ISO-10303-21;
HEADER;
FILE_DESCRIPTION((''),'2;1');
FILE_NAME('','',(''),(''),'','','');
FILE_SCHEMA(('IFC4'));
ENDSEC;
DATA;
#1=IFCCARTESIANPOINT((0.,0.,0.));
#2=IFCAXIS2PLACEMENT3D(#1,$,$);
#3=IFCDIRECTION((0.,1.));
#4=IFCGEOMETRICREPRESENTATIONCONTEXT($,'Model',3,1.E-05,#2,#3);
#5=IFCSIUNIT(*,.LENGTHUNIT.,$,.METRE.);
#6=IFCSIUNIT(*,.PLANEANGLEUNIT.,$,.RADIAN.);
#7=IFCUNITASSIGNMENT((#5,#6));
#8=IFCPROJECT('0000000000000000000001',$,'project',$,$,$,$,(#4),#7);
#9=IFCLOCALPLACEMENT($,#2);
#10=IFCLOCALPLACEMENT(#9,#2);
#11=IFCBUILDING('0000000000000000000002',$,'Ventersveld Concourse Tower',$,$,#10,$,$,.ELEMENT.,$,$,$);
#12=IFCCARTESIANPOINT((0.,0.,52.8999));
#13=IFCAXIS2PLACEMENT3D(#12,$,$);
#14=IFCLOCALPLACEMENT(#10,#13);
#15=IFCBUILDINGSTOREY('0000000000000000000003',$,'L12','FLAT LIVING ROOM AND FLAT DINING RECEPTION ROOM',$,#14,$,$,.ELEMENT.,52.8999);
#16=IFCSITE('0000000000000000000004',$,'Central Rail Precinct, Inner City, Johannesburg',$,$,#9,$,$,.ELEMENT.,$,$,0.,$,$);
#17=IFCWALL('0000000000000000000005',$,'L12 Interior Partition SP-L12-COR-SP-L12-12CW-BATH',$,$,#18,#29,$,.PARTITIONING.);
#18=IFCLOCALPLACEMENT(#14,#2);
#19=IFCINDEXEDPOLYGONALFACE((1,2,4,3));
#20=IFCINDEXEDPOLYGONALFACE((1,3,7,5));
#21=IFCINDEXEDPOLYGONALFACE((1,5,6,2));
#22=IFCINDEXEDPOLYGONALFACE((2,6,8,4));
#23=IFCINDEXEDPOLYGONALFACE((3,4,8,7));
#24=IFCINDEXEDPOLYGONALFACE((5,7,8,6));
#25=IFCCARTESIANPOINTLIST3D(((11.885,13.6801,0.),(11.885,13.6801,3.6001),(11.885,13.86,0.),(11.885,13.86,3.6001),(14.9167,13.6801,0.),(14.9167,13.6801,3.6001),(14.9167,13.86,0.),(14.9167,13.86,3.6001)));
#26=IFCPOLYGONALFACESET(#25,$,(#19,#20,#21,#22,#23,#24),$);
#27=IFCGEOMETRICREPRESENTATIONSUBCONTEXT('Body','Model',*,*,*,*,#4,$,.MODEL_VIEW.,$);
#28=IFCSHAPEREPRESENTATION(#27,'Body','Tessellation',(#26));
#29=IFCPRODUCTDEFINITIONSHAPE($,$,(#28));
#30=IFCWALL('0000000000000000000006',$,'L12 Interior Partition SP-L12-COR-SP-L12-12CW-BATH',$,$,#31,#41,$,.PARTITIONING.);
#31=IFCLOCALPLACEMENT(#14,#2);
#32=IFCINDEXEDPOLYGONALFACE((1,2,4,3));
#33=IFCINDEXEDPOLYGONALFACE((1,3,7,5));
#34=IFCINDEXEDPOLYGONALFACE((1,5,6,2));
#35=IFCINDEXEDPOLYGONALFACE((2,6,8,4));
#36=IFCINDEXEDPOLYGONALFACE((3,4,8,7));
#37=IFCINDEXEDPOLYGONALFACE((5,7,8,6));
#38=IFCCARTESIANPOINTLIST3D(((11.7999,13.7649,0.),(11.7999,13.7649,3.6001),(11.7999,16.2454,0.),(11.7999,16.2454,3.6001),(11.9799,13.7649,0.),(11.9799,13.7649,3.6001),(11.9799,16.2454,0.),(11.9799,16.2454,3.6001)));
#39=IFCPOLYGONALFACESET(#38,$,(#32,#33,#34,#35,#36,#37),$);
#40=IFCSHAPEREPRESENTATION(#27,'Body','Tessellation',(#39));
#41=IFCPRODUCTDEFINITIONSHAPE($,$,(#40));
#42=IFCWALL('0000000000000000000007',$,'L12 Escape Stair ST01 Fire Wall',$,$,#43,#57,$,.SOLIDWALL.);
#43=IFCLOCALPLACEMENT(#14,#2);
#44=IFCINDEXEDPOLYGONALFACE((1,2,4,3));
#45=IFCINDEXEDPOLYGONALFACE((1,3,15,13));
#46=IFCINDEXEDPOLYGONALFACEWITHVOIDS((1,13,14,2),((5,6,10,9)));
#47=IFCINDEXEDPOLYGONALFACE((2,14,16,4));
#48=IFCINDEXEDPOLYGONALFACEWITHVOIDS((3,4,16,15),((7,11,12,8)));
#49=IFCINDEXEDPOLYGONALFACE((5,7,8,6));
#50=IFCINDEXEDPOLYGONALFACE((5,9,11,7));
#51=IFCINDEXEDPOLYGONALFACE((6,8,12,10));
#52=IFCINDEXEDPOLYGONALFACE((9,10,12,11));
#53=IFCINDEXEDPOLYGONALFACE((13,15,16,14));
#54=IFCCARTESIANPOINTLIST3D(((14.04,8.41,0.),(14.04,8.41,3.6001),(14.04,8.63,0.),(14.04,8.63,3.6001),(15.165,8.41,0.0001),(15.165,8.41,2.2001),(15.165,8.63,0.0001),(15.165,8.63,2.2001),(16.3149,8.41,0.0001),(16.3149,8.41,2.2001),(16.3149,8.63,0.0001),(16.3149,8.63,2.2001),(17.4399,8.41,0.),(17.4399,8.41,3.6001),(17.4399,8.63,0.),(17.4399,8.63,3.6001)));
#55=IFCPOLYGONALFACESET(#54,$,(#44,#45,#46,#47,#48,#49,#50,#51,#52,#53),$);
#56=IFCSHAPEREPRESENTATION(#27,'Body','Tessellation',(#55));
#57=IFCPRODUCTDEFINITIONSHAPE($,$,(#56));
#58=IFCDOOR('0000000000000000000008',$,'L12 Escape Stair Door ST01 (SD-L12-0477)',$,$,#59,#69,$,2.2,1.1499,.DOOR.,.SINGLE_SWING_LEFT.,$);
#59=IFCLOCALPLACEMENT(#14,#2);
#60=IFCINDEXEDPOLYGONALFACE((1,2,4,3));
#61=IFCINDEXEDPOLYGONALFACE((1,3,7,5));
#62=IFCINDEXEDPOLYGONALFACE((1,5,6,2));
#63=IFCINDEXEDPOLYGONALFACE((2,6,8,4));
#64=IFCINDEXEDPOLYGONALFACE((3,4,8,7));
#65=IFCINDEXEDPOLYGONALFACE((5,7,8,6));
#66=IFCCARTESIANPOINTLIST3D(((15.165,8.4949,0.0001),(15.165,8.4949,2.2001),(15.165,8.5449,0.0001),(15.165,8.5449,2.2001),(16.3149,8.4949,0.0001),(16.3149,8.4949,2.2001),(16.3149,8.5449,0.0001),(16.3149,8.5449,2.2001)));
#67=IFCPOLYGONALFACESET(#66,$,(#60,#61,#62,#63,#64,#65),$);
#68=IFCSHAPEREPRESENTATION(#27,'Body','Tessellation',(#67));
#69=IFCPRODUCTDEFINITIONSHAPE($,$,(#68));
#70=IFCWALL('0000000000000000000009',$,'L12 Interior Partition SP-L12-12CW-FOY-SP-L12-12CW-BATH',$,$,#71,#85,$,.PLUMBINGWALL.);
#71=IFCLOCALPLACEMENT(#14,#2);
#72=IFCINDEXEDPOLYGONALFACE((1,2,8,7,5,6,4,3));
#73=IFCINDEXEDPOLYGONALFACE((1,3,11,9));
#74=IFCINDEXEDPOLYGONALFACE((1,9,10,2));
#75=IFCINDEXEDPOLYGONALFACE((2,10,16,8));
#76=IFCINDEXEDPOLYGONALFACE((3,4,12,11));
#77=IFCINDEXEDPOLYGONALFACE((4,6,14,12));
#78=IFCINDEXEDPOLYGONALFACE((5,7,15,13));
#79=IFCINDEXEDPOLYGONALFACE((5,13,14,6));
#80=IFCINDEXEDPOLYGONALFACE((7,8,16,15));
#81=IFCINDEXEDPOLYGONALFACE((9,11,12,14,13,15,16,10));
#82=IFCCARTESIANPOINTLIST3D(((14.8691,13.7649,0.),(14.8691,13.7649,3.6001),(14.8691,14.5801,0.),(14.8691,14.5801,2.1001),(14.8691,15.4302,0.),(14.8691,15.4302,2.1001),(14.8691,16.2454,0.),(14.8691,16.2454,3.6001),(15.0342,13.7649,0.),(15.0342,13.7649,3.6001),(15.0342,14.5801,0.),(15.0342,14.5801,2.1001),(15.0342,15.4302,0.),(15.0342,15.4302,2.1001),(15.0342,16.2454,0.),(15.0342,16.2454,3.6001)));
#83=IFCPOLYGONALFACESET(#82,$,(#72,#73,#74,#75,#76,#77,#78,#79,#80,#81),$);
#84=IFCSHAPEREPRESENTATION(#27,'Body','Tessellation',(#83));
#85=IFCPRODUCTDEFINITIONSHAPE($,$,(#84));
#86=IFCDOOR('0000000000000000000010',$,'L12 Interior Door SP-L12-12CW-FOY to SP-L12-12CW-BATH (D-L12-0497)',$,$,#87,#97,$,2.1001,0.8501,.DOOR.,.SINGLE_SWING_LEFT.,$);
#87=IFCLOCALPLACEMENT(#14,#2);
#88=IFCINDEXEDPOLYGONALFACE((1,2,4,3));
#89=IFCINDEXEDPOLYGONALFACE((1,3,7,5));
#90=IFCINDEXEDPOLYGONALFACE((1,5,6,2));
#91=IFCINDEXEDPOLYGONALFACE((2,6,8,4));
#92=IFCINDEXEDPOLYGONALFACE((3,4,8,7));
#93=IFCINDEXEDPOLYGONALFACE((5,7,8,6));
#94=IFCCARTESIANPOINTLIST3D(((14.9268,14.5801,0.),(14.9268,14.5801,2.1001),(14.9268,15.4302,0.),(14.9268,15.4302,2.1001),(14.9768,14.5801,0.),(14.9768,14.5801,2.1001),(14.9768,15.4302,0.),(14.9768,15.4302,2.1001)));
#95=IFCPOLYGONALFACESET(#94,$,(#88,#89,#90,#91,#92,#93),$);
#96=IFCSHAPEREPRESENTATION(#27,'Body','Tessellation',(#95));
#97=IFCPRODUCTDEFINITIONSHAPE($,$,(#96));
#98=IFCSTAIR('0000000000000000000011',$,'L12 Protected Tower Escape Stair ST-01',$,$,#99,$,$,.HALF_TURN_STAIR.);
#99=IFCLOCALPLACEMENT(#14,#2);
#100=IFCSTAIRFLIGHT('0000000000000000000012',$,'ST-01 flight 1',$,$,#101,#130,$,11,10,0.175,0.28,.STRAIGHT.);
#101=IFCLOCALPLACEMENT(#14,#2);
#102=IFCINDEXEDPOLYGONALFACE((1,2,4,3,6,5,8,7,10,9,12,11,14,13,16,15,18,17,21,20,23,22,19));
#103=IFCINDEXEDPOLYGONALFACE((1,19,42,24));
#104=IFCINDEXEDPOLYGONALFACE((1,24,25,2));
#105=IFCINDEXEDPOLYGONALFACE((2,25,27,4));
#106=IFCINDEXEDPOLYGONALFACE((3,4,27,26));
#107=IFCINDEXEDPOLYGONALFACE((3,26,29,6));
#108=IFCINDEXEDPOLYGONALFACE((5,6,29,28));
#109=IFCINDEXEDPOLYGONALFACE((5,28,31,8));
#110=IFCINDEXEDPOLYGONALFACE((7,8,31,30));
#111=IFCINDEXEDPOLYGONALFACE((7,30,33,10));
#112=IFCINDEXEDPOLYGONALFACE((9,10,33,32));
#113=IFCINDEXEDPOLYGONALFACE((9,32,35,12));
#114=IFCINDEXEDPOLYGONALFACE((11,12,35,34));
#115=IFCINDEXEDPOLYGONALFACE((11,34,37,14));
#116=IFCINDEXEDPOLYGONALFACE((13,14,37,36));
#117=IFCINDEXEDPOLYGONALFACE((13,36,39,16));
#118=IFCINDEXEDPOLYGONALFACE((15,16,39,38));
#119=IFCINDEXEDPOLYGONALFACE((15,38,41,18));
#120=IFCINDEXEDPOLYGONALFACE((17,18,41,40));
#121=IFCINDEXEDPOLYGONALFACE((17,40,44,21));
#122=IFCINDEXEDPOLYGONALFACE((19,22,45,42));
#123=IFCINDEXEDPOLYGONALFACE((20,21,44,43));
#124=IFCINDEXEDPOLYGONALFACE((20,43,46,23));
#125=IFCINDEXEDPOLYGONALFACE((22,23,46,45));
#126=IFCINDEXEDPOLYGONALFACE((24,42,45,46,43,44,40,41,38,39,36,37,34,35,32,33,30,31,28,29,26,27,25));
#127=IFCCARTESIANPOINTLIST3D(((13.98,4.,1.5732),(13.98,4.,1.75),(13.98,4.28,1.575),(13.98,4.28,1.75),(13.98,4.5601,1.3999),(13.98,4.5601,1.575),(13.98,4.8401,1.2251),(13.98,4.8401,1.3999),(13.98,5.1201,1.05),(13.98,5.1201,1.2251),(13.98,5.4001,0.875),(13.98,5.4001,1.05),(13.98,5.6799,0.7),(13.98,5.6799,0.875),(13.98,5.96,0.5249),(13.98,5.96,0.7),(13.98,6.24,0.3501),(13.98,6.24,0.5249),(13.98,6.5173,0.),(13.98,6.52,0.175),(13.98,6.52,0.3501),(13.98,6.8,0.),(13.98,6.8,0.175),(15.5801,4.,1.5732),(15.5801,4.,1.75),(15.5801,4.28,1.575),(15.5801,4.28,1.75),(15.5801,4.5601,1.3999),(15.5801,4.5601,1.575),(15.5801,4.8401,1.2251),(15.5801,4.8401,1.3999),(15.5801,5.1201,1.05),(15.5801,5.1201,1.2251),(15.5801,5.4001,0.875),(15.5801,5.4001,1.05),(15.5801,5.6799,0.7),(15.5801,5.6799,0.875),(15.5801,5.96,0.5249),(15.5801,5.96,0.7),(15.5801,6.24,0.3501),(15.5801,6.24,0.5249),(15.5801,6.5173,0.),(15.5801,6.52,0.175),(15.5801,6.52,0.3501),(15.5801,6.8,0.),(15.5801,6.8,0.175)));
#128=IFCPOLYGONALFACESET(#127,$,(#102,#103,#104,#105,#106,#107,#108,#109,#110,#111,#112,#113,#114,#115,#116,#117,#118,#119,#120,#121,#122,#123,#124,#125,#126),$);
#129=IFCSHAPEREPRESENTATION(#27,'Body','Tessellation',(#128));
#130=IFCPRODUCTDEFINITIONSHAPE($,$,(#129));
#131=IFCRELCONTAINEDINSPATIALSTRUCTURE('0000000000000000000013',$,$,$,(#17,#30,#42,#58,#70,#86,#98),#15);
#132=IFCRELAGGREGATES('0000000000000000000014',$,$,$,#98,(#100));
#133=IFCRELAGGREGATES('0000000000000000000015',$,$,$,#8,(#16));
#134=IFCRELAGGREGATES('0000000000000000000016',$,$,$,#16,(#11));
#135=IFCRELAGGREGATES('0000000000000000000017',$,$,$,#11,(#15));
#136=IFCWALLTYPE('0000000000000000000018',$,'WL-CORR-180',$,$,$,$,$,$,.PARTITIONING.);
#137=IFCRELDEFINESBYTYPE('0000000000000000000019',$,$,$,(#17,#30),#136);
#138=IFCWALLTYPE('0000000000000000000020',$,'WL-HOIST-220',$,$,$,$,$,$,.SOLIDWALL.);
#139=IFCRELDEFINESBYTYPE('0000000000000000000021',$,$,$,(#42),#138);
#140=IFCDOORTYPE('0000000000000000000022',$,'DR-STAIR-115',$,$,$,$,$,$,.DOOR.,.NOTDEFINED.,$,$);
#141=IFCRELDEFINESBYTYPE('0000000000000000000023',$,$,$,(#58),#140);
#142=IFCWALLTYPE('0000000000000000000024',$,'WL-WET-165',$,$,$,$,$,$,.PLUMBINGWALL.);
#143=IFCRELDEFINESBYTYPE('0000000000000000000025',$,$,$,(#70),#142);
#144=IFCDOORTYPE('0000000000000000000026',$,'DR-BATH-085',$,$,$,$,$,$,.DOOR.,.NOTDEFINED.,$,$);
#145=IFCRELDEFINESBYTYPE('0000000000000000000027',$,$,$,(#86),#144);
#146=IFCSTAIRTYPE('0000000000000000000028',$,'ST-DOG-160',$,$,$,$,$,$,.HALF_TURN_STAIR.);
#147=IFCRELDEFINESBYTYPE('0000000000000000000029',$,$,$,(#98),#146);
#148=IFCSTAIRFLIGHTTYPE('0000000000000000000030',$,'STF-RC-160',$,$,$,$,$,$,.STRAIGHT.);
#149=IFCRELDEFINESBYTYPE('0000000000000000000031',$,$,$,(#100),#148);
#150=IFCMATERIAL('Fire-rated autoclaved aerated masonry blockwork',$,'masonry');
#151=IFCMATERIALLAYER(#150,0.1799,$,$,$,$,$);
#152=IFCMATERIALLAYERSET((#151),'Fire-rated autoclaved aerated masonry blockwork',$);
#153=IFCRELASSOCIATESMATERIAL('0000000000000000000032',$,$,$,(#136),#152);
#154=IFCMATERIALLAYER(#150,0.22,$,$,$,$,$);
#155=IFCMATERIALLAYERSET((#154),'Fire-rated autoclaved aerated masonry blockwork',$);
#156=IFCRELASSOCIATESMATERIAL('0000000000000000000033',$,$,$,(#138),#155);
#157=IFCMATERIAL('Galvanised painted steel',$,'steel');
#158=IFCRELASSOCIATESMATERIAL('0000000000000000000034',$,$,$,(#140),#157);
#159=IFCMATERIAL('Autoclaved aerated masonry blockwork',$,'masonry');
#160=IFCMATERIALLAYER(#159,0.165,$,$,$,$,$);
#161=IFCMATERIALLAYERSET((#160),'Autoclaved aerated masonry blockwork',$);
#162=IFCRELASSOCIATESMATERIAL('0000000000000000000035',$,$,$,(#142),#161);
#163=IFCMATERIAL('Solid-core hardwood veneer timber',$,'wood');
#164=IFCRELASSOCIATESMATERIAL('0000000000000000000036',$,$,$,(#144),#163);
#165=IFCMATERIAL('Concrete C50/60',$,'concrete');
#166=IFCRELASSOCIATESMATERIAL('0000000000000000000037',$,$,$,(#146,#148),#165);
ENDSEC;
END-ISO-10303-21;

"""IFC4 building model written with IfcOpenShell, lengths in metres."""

from ifc_helpers import new_model, si_unit, direction, frame, frame_2d, origin, place, context, subcontext, project, spatial, polyline, rectangle, outline, extrude, material, layer, layer_set, type_object, element, fill, aggregate, save


model = new_model("IFC4")

# Units and contexts
model_context = context("Model", 3, precision=1e-05, world=origin(), true_north=direction((0.0, 1.0)))
body_context = subcontext(model_context, "Body", "Model", "MODEL_VIEW")
ifc_project = project(units=[si_unit("LENGTHUNIT", "METRE"), si_unit("PLANEANGLEUNIT", "RADIAN")], contexts=[model_context])

# Site, building, storey
site_placement = place(None, origin())
site = spatial("IfcSite", under=ifc_project, at=site_placement, Name="Central Rail Precinct, Inner City, Johannesburg", CompositionType="ELEMENT", RefElevation=0.0)
building_placement = place(site_placement, origin())
building = spatial("IfcBuilding", under=site, at=building_placement, Name="Ventersveld Concourse Tower", CompositionType="ELEMENT")
storey_placement = place(building_placement, frame((0.0, 0.0, 52.8999)))
storey = spatial("IfcBuildingStorey", under=building, at=storey_placement, Name="L12", Description="FLAT LIVING ROOM AND FLAT DINING RECEPTION ROOM", CompositionType="ELEMENT", Elevation=52.8999)

# Shared definitions
ifc_material_1 = material(Name="Concrete C50/60", Category="concrete")

# Shared definitions
ifc_material_2 = material(Name="Fire-rated autoclaved aerated masonry blockwork", Category="masonry")
ifc_layer_1 = layer(ifc_material_2, 0.1799)
ifc_layer_set_1 = layer_set([ifc_layer_1], Name="Fire-rated autoclaved aerated masonry blockwork")
wall_type_1 = type_object("IfcWallType", Name="WL-CORR-180", PredefinedType="PARTITIONING", material=ifc_layer_set_1)
ifc_material_3 = material(Name="Solid-core hardwood veneer timber", Category="wood")

# Walls
wall_1_placement = place(storey_placement, frame((11.885, 13.77, 0.0), z_axis=(0.0, 0.0, 1.0), x_axis=(1.0, 0.0, 0.0)))
element("IfcWall", 1, at=wall_1_placement, inside=storey, type_object=wall_type_1, Name="L12 Interior Partition SP-L12-COR-SP-L12-12CW-BATH", PredefinedType="PARTITIONING", context=body_context, shape_type="SweptSolid", body=[
    extrude(rectangle(XDim=3.0317, YDim=0.1799, at=frame_2d((1.5159, 0.0))), origin(), (0.0, 0.0, 1.0), 3.6001),
])
wall_2_placement = place(storey_placement, frame((11.8899, 13.7649, 0.0), z_axis=(0.0, 0.0, 1.0), x_axis=(0.0, 1.0, 0.0)))
element("IfcWall", 2, at=wall_2_placement, inside=storey, type_object=wall_type_1, Name="L12 Interior Partition SP-L12-COR-SP-L12-12CW-BATH", PredefinedType="PARTITIONING", context=body_context, shape_type="SweptSolid", body=[
    extrude(rectangle(XDim=2.4805, YDim=0.1799, at=frame_2d((1.2402, 0.0))), origin(), (0.0, 0.0, 1.0), 3.6001),
])

# Walls, openings, doors
ifc_layer_2 = layer(ifc_material_2, 0.22)
ifc_layer_set_2 = layer_set([ifc_layer_2], Name="Fire-rated autoclaved aerated masonry blockwork")
wall_type_2 = type_object("IfcWallType", Name="WL-HOIST-220", PredefinedType="SOLIDWALL", material=ifc_layer_set_2)
wall_3_placement = place(storey_placement, frame((14.04, 8.52, 0.0), z_axis=(0.0, 0.0, 1.0), x_axis=(1.0, 0.0, 0.0)))
wall_3 = element("IfcWall", 3, at=wall_3_placement, inside=storey, type_object=wall_type_2, Name="L12 Escape Stair ST01 Fire Wall", PredefinedType="SOLIDWALL", context=body_context, shape_type="SweptSolid", body=[
    extrude(rectangle(XDim=3.3999, YDim=0.22, at=frame_2d((1.7, 0.0))), origin(), (0.0, 0.0, 1.0), 3.6001),
])
opening_1_placement = place(wall_3_placement, frame((1.125, 0.0, 0.0)))
opening_1 = element("IfcOpeningElement", 4, at=opening_1_placement, cuts=wall_3, PredefinedType="OPENING", context=body_context, shape_type="SweptSolid", body=[
    extrude(rectangle(XDim=1.1499, YDim=2.2, at=frame_2d((0.575, 1.1001))), frame((0.0, 0.1201, 0.0), z_axis=(0.0, -1.0, 0.0), x_axis=(1.0, 0.0, 0.0)), (0.0, 0.0, 1.0), 0.24),
])
ifc_material_4 = material(Name="Galvanised painted steel", Category="steel")
door_type_1 = type_object("IfcDoorType", Name="DR-STAIR-115", OperationType="NOTDEFINED", PredefinedType="DOOR", material=ifc_material_4)
door_1_placement = place(opening_1_placement, origin())
door_1 = element("IfcDoor", 5, at=door_1_placement, inside=storey, type_object=door_type_1, Name="L12 Escape Stair Door ST01 (SD-L12-0477)", OperationType="SINGLE_SWING_LEFT", OverallHeight=2.2, OverallWidth=1.1499, PredefinedType="DOOR", context=body_context, shape_type="SweptSolid", body=[
    extrude(rectangle(XDim=1.1499, YDim=2.2, at=frame_2d((0.575, 1.1001))), frame((0.0, 0.0249, 0.0), z_axis=(0.0, -1.0, 0.0), x_axis=(1.0, 0.0, 0.0)), (0.0, 0.0, 1.0), 0.05),
])
fill(opening_1, door_1)
ifc_material_5 = material(Name="Autoclaved aerated masonry blockwork", Category="masonry")
ifc_layer_3 = layer(ifc_material_5, 0.165)
ifc_layer_set_3 = layer_set([ifc_layer_3], Name="Autoclaved aerated masonry blockwork")
wall_type_3 = type_object("IfcWallType", Name="WL-WET-165", PredefinedType="PLUMBINGWALL", material=ifc_layer_set_3)
wall_4_placement = place(storey_placement, frame((14.9517, 13.7649, 0.0), z_axis=(0.0, 0.0, 1.0), x_axis=(0.0, 1.0, 0.0)))
wall_4 = element("IfcWall", 6, at=wall_4_placement, inside=storey, type_object=wall_type_3, Name="L12 Interior Partition SP-L12-12CW-FOY-SP-L12-12CW-BATH", PredefinedType="PLUMBINGWALL", context=body_context, shape_type="SweptSolid", body=[
    extrude(rectangle(XDim=2.4805, YDim=0.165, at=frame_2d((1.2402, 0.0))), origin(), (0.0, 0.0, 1.0), 3.6001),
])
opening_2_placement = place(wall_4_placement, frame((0.8152, 0.0, 0.0)))
opening_2 = element("IfcOpeningElement", 7, at=opening_2_placement, cuts=wall_4, PredefinedType="OPENING", context=body_context, shape_type="SweptSolid", body=[
    extrude(rectangle(XDim=0.8501, YDim=2.1001, at=frame_2d((0.425, 1.05))), frame((0.0, 0.0925, 0.0), z_axis=(0.0, -1.0, 0.0), x_axis=(1.0, 0.0, 0.0)), (0.0, 0.0, 1.0), 0.1851),
])
door_type_2 = type_object("IfcDoorType", Name="DR-BATH-085", OperationType="NOTDEFINED", PredefinedType="DOOR", material=ifc_material_3)
door_2_placement = place(opening_2_placement, origin())
door_2 = element("IfcDoor", 8, at=door_2_placement, inside=storey, type_object=door_type_2, Name="L12 Interior Door SP-L12-12CW-FOY to SP-L12-12CW-BATH (D-L12-0497)", OperationType="SINGLE_SWING_LEFT", OverallHeight=2.1001, OverallWidth=0.8501, PredefinedType="DOOR", context=body_context, shape_type="SweptSolid", body=[
    extrude(rectangle(XDim=0.8501, YDim=2.1001, at=frame_2d((0.425, 1.05))), frame((0.0, 0.0249, 0.0), z_axis=(0.0, -1.0, 0.0), x_axis=(1.0, 0.0, 0.0)), (0.0, 0.0, 1.0), 0.05),
])
fill(opening_2, door_2)

# Stair, stair flight
stair_type = type_object("IfcStairType", Name="ST-DOG-160", PredefinedType="HALF_TURN_STAIR", material=ifc_material_1)
stair_placement = place(storey_placement, origin())
stair = element("IfcStair", 9, at=stair_placement, inside=storey, type_object=stair_type, Name="L12 Protected Tower Escape Stair ST-01", PredefinedType="HALF_TURN_STAIR")
stair_flight_type = type_object("IfcStairFlightType", Name="STF-RC-160", PredefinedType="STRAIGHT", material=ifc_material_1)
stair_flight_placement = place(storey_placement, frame((14.78, 6.8, 0.0), z_axis=(0.0, 0.0, 1.0), x_axis=(0.0, -1.0, 0.0)))
stair_flight = element("IfcStairFlight", 10, at=stair_flight_placement, type_object=stair_flight_type, Name="ST-01 flight 1", NumberOfRisers=11, NumberOfTreads=10, PredefinedType="STRAIGHT", RiserHeight=0.175, TreadLength=0.28, context=body_context, shape_type="SweptSolid", body=[
    extrude(outline(polyline([(0.0, 0.0), (0.0, 0.175), (0.28, 0.175), (0.28, 0.3501), (0.5601, 0.3501), (0.5601, 0.5249), (0.8401, 0.5249), (0.8401, 0.7), (1.1201, 0.7), (1.1201, 0.875), (1.3999, 0.875), (1.3999, 1.05), (1.6799, 1.05), (1.6799, 1.2251), (1.96, 1.2251), (1.96, 1.3999), (2.24, 1.3999), (2.24, 1.575), (2.52, 1.575), (2.52, 1.75), (2.8, 1.75), (2.8, 1.925), (2.8, 1.5732), (0.2827, 0.0), (0.0, 0.0)])), frame((0.0, 0.8, 0.0), z_axis=(0.0, -1.0, 0.0), x_axis=(1.0, 0.0, 0.0)), (0.0, 0.0, 1.0), 1.6001),
])
aggregate(stair, [stair_flight])

save(model, "model.ifc")
